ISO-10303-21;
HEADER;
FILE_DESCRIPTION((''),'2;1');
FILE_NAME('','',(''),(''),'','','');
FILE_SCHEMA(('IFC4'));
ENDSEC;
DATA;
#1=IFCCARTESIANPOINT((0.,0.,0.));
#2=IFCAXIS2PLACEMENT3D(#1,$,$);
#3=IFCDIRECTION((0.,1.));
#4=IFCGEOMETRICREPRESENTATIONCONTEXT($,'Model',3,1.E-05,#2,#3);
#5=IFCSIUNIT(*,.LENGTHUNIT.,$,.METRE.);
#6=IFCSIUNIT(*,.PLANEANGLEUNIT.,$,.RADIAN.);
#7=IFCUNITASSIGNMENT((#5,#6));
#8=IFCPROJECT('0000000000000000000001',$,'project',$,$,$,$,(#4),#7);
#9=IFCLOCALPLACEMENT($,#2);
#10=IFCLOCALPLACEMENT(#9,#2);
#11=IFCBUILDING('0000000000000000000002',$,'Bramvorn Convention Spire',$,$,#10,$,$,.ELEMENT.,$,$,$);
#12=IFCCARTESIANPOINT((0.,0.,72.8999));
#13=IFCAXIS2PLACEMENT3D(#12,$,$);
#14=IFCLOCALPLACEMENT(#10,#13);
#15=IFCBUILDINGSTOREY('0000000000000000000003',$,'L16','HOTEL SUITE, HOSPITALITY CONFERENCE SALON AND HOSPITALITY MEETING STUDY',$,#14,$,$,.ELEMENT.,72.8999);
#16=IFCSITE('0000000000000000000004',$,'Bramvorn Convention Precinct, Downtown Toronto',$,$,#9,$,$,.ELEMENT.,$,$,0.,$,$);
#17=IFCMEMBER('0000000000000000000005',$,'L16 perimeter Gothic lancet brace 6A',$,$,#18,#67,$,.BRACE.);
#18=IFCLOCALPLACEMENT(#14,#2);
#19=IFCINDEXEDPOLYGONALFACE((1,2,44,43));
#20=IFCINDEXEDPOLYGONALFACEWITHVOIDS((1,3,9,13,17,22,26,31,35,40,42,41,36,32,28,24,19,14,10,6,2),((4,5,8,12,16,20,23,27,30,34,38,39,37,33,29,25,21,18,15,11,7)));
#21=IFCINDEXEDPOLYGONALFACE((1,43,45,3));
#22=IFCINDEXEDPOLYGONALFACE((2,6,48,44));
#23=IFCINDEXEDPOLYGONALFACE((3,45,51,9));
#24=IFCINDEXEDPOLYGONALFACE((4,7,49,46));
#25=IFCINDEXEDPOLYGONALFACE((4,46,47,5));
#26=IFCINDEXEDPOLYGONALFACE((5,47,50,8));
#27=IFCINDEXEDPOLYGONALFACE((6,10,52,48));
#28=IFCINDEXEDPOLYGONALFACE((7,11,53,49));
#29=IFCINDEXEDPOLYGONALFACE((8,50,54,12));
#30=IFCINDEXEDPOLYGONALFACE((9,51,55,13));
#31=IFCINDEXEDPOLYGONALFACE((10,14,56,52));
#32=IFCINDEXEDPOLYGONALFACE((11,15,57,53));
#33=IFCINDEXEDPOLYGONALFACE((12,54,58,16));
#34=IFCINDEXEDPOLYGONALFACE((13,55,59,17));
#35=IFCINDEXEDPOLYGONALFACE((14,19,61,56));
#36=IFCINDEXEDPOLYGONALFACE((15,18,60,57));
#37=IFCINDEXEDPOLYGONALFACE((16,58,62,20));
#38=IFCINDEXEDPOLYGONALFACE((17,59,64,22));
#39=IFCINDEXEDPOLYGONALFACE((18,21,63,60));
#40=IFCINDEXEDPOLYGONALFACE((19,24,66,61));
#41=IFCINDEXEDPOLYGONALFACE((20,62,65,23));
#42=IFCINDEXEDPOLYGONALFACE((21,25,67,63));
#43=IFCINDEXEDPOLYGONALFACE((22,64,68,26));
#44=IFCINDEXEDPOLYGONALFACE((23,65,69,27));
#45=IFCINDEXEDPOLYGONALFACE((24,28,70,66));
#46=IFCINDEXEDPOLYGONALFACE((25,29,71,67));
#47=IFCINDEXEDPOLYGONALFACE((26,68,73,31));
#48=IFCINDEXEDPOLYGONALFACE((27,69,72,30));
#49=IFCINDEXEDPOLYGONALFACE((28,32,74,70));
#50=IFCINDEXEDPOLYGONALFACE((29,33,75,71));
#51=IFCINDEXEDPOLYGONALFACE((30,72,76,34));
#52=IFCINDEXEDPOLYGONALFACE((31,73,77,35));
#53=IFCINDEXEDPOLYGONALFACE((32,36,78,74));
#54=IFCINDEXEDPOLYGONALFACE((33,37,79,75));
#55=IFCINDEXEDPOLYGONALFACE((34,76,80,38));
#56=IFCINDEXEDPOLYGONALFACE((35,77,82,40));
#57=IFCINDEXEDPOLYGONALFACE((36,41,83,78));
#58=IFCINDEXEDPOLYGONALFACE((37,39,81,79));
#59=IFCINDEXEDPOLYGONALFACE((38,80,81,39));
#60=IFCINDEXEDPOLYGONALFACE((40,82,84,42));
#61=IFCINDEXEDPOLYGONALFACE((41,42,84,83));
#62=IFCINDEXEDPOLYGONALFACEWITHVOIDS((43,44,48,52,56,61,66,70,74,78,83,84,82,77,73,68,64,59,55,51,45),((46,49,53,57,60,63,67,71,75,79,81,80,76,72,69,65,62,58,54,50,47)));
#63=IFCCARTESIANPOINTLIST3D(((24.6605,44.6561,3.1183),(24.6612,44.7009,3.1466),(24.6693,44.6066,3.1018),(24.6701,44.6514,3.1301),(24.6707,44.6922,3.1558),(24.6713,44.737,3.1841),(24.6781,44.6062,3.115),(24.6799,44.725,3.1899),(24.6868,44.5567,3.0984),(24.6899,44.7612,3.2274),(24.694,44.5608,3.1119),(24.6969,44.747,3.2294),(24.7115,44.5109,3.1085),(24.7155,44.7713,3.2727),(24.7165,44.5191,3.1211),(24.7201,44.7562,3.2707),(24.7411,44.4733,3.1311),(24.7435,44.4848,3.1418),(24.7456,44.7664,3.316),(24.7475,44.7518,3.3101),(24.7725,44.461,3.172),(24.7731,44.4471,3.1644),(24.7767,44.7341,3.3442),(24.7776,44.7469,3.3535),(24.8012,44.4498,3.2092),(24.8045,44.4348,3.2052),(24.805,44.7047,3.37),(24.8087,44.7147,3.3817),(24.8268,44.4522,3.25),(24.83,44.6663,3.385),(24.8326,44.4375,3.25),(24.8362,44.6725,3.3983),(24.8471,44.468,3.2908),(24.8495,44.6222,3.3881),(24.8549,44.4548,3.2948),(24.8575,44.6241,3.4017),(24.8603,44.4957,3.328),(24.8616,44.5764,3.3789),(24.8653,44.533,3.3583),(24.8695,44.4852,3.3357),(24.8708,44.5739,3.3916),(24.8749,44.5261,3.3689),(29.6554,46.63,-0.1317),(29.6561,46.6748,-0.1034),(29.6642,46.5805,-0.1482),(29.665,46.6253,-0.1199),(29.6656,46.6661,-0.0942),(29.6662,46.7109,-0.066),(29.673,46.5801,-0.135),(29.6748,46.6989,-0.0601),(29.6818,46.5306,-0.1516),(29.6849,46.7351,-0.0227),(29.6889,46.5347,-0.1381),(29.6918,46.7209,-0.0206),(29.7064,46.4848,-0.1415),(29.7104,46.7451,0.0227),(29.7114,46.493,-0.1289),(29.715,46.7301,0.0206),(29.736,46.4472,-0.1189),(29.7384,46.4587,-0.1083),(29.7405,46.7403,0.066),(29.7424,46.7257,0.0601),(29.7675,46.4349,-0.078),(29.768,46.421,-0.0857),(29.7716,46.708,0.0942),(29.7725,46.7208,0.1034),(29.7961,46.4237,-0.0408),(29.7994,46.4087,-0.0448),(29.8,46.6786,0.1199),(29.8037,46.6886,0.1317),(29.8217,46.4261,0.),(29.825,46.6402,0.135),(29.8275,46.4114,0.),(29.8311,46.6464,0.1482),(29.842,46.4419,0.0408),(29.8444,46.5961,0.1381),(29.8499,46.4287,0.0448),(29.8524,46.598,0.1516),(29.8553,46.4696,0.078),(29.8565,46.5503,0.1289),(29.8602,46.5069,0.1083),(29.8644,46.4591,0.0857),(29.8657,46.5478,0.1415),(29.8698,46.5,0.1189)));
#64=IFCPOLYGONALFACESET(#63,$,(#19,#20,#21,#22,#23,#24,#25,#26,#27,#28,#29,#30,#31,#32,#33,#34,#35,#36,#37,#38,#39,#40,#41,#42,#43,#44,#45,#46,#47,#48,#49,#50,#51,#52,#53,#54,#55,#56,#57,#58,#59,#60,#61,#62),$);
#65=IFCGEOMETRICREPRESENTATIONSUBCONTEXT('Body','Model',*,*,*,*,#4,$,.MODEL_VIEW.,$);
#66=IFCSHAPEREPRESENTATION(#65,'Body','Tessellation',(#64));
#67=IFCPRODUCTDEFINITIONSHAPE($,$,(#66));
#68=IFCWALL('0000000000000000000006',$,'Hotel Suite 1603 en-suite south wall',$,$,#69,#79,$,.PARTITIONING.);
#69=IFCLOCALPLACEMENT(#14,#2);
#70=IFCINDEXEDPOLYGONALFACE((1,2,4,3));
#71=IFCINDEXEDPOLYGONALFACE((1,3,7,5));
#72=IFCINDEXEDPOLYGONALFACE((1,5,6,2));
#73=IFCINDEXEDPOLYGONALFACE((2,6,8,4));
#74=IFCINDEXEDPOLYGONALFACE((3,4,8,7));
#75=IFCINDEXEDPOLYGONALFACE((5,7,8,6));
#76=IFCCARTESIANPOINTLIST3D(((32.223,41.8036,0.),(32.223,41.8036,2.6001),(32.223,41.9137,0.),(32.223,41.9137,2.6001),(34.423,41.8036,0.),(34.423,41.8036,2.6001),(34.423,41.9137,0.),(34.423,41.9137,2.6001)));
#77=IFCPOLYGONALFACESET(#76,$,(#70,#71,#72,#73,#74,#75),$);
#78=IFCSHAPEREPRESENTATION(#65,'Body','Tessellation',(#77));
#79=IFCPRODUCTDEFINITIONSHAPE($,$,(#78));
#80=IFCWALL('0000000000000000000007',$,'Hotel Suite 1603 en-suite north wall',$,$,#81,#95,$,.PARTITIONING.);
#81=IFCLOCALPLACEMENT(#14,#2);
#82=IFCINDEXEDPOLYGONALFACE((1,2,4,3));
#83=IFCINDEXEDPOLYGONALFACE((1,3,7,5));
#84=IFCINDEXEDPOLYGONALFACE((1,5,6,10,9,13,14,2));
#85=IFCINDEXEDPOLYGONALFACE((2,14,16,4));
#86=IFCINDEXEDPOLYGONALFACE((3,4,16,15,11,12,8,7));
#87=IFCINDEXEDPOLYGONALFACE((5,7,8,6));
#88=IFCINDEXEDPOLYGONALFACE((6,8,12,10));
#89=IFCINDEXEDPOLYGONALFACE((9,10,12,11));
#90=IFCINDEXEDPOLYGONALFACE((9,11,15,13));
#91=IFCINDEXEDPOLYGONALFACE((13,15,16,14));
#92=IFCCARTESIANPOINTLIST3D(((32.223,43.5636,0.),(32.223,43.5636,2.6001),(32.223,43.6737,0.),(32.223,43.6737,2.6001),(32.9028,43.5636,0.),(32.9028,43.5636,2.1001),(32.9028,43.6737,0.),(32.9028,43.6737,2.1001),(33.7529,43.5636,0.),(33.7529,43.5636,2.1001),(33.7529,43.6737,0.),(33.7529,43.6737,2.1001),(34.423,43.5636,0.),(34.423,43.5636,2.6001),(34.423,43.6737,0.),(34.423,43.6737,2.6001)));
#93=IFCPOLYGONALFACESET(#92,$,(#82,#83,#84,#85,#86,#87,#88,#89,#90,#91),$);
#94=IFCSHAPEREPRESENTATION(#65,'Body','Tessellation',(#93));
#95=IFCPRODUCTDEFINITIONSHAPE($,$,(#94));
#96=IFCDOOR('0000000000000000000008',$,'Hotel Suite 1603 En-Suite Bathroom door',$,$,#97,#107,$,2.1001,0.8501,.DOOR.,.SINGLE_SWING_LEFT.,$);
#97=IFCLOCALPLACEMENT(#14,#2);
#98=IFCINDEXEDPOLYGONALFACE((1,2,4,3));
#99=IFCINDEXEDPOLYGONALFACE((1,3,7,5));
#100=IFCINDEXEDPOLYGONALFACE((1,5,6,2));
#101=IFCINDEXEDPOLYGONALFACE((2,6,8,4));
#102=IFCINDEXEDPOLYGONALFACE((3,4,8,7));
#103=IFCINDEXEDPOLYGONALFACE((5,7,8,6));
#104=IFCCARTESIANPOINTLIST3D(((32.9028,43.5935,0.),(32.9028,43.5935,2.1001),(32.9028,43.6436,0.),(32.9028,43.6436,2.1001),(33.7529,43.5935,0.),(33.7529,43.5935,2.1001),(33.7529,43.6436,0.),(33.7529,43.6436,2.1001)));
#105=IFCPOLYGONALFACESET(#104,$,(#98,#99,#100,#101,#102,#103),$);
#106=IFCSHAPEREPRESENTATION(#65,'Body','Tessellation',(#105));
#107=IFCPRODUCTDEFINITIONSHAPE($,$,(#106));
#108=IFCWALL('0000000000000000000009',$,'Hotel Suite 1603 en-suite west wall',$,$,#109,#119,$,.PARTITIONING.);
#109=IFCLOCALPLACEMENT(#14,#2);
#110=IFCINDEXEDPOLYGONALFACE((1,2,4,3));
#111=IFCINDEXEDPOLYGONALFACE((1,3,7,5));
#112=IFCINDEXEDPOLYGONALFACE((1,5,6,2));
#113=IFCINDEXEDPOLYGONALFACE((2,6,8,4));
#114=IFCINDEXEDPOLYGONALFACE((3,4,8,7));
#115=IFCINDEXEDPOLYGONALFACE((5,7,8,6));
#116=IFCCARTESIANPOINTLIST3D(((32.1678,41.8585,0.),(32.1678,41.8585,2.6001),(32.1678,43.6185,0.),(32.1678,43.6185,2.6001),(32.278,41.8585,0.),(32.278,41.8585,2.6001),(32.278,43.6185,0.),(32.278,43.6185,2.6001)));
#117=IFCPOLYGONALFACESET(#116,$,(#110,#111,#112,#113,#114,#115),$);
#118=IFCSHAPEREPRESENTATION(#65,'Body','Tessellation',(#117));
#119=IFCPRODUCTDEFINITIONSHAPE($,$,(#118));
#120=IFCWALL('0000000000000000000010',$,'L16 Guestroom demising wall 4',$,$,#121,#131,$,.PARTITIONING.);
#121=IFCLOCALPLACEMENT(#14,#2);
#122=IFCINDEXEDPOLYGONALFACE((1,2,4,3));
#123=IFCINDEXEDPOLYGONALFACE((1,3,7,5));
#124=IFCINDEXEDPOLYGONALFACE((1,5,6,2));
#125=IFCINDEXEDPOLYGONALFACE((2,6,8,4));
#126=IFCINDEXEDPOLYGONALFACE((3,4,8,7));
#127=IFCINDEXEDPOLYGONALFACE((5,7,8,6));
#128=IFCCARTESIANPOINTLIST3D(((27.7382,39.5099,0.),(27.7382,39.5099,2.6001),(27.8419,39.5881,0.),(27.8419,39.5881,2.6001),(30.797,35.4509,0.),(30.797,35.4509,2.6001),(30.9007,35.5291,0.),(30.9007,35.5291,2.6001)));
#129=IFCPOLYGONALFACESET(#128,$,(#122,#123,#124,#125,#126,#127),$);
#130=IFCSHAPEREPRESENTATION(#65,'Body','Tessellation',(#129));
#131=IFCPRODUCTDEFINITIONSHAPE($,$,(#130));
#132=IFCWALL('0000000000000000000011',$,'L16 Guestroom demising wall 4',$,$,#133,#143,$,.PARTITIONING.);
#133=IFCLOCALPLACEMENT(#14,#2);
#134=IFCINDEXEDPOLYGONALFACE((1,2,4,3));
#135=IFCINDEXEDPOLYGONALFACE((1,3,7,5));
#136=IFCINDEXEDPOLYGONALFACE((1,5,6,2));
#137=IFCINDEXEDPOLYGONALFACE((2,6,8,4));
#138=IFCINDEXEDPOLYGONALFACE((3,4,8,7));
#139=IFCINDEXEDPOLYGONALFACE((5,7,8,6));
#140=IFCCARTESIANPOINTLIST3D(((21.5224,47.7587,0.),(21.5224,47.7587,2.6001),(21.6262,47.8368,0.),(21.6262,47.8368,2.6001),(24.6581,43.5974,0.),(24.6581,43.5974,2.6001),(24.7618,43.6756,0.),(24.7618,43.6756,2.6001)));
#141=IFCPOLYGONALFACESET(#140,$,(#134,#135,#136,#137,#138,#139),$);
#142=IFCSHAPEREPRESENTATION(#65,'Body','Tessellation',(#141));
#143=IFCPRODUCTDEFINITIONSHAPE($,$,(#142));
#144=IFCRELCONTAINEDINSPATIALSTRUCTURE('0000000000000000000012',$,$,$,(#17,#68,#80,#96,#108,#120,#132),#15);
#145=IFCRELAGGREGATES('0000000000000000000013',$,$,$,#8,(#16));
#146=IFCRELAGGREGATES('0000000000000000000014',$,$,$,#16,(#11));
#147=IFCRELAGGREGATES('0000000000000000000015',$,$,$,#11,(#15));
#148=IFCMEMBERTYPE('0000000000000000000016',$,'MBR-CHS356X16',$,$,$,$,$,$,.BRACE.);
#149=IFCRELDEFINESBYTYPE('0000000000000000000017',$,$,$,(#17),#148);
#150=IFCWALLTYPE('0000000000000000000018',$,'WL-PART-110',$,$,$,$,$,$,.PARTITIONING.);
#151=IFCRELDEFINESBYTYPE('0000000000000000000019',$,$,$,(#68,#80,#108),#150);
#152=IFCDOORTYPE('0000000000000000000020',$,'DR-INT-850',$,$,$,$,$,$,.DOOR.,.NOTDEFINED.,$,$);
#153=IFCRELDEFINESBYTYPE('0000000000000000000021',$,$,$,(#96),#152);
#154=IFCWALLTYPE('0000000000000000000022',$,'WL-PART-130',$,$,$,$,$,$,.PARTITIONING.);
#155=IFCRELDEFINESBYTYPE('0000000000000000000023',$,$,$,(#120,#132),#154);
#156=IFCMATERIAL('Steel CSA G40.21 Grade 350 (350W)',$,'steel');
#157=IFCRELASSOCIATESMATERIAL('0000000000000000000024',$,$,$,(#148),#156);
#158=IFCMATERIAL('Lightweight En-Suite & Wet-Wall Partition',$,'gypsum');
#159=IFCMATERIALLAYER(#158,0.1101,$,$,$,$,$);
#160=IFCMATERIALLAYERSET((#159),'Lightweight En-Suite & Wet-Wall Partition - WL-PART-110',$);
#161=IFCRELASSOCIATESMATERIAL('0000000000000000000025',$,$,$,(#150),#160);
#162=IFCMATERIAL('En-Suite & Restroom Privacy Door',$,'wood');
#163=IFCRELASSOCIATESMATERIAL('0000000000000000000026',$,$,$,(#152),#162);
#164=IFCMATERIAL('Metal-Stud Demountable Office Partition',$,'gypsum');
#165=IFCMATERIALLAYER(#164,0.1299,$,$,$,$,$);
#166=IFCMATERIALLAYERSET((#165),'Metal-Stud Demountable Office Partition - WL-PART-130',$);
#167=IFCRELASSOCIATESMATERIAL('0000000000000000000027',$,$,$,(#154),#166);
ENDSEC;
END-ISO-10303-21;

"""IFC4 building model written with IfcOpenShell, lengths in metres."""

from ifc_helpers import new_model, si_unit, direction, frame, frame_2d, origin, origin_2d, place, context, subcontext, project, spatial, rectangle, hollow_circle, extrude, material, layer, layer_set, material_profile, profile_set, type_object, element, fill, save


model = new_model("IFC4")

# Units and contexts
model_context = context("Model", 3, precision=1e-05, world=origin(), true_north=direction((0.0, 1.0)))
body_context = subcontext(model_context, "Body", "Model", "MODEL_VIEW")
ifc_project = project(units=[si_unit("LENGTHUNIT", "METRE"), si_unit("PLANEANGLEUNIT", "RADIAN")], contexts=[model_context])

# Site, building, storey
site_placement = place(None, origin())
site = spatial("IfcSite", under=ifc_project, at=site_placement, Name="Bramvorn Convention Precinct, Downtown Toronto", CompositionType="ELEMENT", RefElevation=0.0)
building_placement = place(site_placement, origin())
building = spatial("IfcBuilding", under=site, at=building_placement, Name="Bramvorn Convention Spire", CompositionType="ELEMENT")
storey_placement = place(building_placement, frame((0.0, 0.0, 72.8999)))
storey = spatial("IfcBuildingStorey", under=building, at=storey_placement, Name="L16", Description="HOTEL SUITE, HOSPITALITY CONFERENCE SALON AND HOSPITALITY MEETING STUDY", CompositionType="ELEMENT", Elevation=72.8999)

# Shared definitions
ifc_material_1 = material(Name="Steel CSA G40.21 Grade 350 (350W)", Category="steel")

# Member
ifc_material_profile_1 = material_profile(ifc_material_1, hollow_circle(Radius=0.1777, WallThickness=0.0159, at=origin_2d()))
ifc_profile_set_1 = profile_set([ifc_material_profile_1], Name="Steel CSA G40.21 Grade 350 (350W) - CHS356X16")
member_type_1 = type_object("IfcMemberType", Name="MBR-CHS356X16", PredefinedType="BRACE", material=ifc_profile_set_1)
member_1_placement = place(storey_placement, frame((29.7622, 46.5767, 0.0), z_axis=(-0.795674, -0.314435, 0.517719), x_axis=(0.367524, -0.930014, 0.0)))
element("IfcMember", 1, at=member_1_placement, inside=storey, type_object=member_type_1, Name="L16 perimeter Gothic lancet brace 6A", PredefinedType="BRACE", context=body_context, shape_type="SweptSolid", body=[
    extrude(hollow_circle(Radius=0.1777, WallThickness=0.0159, at=origin_2d()), origin(), (0.0, 0.0, 1.0), 6.2776),
])

# Wall
ifc_material_2 = material(Name="Lightweight En-Suite & Wet-Wall Partition", Category="gypsum")
ifc_layer_1 = layer(ifc_material_2, 0.1101)
ifc_layer_set_1 = layer_set([ifc_layer_1], Name="Lightweight En-Suite & Wet-Wall Partition - WL-PART-110")
wall_type_1 = type_object("IfcWallType", Name="WL-PART-110", PredefinedType="PARTITIONING", material=ifc_layer_set_1)
wall_1_placement = place(storey_placement, frame((32.2229, 41.8586, 0.0), z_axis=(0.0, 0.0, 1.0), x_axis=(1.0, 0.0, 0.0)))
element("IfcWall", 2, at=wall_1_placement, inside=storey, type_object=wall_type_1, Name="Hotel Suite 1603 en-suite south wall", PredefinedType="PARTITIONING", context=body_context, shape_type="SweptSolid", body=[
    extrude(rectangle(XDim=2.2, YDim=0.1101, at=frame_2d((1.1001, 0.0))), origin(), (0.0, 0.0, 1.0), 2.6001),
])

# Wall, opening, door
wall_2_placement = place(storey_placement, frame((32.2229, 43.6187, 0.0), z_axis=(0.0, 0.0, 1.0), x_axis=(1.0, 0.0, 0.0)))
wall_2 = element("IfcWall", 3, at=wall_2_placement, inside=storey, type_object=wall_type_1, Name="Hotel Suite 1603 en-suite north wall", PredefinedType="PARTITIONING", context=body_context, shape_type="SweptSolid", body=[
    extrude(rectangle(XDim=2.2, YDim=0.1101, at=frame_2d((1.1001, 0.0))), origin(), (0.0, 0.0, 1.0), 2.6001),
])
opening_1_placement = place(wall_2_placement, frame((0.6799, 0.0, 0.0)))
opening_1 = element("IfcOpeningElement", 4, at=opening_1_placement, cuts=wall_2, PredefinedType="OPENING", context=body_context, shape_type="SweptSolid", body=[
    extrude(rectangle(XDim=0.8501, YDim=2.1001, at=frame_2d((0.425, 1.05))), frame((0.0, 0.0649, 0.0), z_axis=(0.0, -1.0, 0.0), x_axis=(1.0, 0.0, 0.0)), (0.0, 0.0, 1.0), 0.1301),
])
ifc_material_3 = material(Name="En-Suite & Restroom Privacy Door", Category="wood")
door_type_1 = type_object("IfcDoorType", Name="DR-INT-850", OperationType="NOTDEFINED", PredefinedType="DOOR", material=ifc_material_3)
door_1_placement = place(opening_1_placement, origin())
door_1 = element("IfcDoor", 5, at=door_1_placement, inside=storey, type_object=door_type_1, Name="Hotel Suite 1603 En-Suite Bathroom door", OperationType="SINGLE_SWING_LEFT", OverallHeight=2.1001, OverallWidth=0.8501, PredefinedType="DOOR", context=body_context, shape_type="SweptSolid", body=[
    extrude(rectangle(XDim=0.8501, YDim=2.1001, at=frame_2d((0.425, 1.05))), frame((0.0, 0.0249, 0.0), z_axis=(0.0, -1.0, 0.0), x_axis=(1.0, 0.0, 0.0)), (0.0, 0.0, 1.0), 0.05),
])
fill(opening_1, door_1)

# Walls
wall_3_placement = place(storey_placement, frame((32.2229, 41.8586, 0.0), z_axis=(0.0, 0.0, 1.0), x_axis=(0.0, 1.0, 0.0)))
element("IfcWall", 6, at=wall_3_placement, inside=storey, type_object=wall_type_1, Name="Hotel Suite 1603 en-suite west wall", PredefinedType="PARTITIONING", context=body_context, shape_type="SweptSolid", body=[
    extrude(rectangle(XDim=1.76, YDim=0.1101, at=frame_2d((0.8799, 0.0))), origin(), (0.0, 0.0, 1.0), 2.6001),
])
ifc_material_4 = material(Name="Metal-Stud Demountable Office Partition", Category="gypsum")
ifc_layer_2 = layer(ifc_material_4, 0.1299)
ifc_layer_set_2 = layer_set([ifc_layer_2], Name="Metal-Stud Demountable Office Partition - WL-PART-130")
wall_type_2 = type_object("IfcWallType", Name="WL-PART-130", PredefinedType="PARTITIONING", material=ifc_layer_set_2)
wall_4_placement = place(storey_placement, frame((30.8489, 35.49, 0.0), z_axis=(0.0, 0.0, 1.0), x_axis=(-0.601828, 0.798626, 0.0)))
element("IfcWall", 7, at=wall_4_placement, inside=storey, type_object=wall_type_2, Name="L16 Guestroom demising wall 4", PredefinedType="PARTITIONING", context=body_context, shape_type="SweptSolid", body=[
    extrude(rectangle(XDim=5.0825, YDim=0.1299, at=frame_2d((2.5413, 0.0))), origin(), (0.0, 0.0, 1.0), 2.6001),
])
wall_5_placement = place(storey_placement, frame((24.71, 43.6365, 0.0), z_axis=(0.0, 0.0, 1.0), x_axis=(-0.601805, 0.798643, 0.0)))
element("IfcWall", 8, at=wall_5_placement, inside=storey, type_object=wall_type_2, Name="L16 Guestroom demising wall 4", PredefinedType="PARTITIONING", context=body_context, shape_type="SweptSolid", body=[
    extrude(rectangle(XDim=5.2104, YDim=0.1299, at=frame_2d((2.6052, 0.0))), origin(), (0.0, 0.0, 1.0), 2.6001),
])

save(model, "model.ifc")
